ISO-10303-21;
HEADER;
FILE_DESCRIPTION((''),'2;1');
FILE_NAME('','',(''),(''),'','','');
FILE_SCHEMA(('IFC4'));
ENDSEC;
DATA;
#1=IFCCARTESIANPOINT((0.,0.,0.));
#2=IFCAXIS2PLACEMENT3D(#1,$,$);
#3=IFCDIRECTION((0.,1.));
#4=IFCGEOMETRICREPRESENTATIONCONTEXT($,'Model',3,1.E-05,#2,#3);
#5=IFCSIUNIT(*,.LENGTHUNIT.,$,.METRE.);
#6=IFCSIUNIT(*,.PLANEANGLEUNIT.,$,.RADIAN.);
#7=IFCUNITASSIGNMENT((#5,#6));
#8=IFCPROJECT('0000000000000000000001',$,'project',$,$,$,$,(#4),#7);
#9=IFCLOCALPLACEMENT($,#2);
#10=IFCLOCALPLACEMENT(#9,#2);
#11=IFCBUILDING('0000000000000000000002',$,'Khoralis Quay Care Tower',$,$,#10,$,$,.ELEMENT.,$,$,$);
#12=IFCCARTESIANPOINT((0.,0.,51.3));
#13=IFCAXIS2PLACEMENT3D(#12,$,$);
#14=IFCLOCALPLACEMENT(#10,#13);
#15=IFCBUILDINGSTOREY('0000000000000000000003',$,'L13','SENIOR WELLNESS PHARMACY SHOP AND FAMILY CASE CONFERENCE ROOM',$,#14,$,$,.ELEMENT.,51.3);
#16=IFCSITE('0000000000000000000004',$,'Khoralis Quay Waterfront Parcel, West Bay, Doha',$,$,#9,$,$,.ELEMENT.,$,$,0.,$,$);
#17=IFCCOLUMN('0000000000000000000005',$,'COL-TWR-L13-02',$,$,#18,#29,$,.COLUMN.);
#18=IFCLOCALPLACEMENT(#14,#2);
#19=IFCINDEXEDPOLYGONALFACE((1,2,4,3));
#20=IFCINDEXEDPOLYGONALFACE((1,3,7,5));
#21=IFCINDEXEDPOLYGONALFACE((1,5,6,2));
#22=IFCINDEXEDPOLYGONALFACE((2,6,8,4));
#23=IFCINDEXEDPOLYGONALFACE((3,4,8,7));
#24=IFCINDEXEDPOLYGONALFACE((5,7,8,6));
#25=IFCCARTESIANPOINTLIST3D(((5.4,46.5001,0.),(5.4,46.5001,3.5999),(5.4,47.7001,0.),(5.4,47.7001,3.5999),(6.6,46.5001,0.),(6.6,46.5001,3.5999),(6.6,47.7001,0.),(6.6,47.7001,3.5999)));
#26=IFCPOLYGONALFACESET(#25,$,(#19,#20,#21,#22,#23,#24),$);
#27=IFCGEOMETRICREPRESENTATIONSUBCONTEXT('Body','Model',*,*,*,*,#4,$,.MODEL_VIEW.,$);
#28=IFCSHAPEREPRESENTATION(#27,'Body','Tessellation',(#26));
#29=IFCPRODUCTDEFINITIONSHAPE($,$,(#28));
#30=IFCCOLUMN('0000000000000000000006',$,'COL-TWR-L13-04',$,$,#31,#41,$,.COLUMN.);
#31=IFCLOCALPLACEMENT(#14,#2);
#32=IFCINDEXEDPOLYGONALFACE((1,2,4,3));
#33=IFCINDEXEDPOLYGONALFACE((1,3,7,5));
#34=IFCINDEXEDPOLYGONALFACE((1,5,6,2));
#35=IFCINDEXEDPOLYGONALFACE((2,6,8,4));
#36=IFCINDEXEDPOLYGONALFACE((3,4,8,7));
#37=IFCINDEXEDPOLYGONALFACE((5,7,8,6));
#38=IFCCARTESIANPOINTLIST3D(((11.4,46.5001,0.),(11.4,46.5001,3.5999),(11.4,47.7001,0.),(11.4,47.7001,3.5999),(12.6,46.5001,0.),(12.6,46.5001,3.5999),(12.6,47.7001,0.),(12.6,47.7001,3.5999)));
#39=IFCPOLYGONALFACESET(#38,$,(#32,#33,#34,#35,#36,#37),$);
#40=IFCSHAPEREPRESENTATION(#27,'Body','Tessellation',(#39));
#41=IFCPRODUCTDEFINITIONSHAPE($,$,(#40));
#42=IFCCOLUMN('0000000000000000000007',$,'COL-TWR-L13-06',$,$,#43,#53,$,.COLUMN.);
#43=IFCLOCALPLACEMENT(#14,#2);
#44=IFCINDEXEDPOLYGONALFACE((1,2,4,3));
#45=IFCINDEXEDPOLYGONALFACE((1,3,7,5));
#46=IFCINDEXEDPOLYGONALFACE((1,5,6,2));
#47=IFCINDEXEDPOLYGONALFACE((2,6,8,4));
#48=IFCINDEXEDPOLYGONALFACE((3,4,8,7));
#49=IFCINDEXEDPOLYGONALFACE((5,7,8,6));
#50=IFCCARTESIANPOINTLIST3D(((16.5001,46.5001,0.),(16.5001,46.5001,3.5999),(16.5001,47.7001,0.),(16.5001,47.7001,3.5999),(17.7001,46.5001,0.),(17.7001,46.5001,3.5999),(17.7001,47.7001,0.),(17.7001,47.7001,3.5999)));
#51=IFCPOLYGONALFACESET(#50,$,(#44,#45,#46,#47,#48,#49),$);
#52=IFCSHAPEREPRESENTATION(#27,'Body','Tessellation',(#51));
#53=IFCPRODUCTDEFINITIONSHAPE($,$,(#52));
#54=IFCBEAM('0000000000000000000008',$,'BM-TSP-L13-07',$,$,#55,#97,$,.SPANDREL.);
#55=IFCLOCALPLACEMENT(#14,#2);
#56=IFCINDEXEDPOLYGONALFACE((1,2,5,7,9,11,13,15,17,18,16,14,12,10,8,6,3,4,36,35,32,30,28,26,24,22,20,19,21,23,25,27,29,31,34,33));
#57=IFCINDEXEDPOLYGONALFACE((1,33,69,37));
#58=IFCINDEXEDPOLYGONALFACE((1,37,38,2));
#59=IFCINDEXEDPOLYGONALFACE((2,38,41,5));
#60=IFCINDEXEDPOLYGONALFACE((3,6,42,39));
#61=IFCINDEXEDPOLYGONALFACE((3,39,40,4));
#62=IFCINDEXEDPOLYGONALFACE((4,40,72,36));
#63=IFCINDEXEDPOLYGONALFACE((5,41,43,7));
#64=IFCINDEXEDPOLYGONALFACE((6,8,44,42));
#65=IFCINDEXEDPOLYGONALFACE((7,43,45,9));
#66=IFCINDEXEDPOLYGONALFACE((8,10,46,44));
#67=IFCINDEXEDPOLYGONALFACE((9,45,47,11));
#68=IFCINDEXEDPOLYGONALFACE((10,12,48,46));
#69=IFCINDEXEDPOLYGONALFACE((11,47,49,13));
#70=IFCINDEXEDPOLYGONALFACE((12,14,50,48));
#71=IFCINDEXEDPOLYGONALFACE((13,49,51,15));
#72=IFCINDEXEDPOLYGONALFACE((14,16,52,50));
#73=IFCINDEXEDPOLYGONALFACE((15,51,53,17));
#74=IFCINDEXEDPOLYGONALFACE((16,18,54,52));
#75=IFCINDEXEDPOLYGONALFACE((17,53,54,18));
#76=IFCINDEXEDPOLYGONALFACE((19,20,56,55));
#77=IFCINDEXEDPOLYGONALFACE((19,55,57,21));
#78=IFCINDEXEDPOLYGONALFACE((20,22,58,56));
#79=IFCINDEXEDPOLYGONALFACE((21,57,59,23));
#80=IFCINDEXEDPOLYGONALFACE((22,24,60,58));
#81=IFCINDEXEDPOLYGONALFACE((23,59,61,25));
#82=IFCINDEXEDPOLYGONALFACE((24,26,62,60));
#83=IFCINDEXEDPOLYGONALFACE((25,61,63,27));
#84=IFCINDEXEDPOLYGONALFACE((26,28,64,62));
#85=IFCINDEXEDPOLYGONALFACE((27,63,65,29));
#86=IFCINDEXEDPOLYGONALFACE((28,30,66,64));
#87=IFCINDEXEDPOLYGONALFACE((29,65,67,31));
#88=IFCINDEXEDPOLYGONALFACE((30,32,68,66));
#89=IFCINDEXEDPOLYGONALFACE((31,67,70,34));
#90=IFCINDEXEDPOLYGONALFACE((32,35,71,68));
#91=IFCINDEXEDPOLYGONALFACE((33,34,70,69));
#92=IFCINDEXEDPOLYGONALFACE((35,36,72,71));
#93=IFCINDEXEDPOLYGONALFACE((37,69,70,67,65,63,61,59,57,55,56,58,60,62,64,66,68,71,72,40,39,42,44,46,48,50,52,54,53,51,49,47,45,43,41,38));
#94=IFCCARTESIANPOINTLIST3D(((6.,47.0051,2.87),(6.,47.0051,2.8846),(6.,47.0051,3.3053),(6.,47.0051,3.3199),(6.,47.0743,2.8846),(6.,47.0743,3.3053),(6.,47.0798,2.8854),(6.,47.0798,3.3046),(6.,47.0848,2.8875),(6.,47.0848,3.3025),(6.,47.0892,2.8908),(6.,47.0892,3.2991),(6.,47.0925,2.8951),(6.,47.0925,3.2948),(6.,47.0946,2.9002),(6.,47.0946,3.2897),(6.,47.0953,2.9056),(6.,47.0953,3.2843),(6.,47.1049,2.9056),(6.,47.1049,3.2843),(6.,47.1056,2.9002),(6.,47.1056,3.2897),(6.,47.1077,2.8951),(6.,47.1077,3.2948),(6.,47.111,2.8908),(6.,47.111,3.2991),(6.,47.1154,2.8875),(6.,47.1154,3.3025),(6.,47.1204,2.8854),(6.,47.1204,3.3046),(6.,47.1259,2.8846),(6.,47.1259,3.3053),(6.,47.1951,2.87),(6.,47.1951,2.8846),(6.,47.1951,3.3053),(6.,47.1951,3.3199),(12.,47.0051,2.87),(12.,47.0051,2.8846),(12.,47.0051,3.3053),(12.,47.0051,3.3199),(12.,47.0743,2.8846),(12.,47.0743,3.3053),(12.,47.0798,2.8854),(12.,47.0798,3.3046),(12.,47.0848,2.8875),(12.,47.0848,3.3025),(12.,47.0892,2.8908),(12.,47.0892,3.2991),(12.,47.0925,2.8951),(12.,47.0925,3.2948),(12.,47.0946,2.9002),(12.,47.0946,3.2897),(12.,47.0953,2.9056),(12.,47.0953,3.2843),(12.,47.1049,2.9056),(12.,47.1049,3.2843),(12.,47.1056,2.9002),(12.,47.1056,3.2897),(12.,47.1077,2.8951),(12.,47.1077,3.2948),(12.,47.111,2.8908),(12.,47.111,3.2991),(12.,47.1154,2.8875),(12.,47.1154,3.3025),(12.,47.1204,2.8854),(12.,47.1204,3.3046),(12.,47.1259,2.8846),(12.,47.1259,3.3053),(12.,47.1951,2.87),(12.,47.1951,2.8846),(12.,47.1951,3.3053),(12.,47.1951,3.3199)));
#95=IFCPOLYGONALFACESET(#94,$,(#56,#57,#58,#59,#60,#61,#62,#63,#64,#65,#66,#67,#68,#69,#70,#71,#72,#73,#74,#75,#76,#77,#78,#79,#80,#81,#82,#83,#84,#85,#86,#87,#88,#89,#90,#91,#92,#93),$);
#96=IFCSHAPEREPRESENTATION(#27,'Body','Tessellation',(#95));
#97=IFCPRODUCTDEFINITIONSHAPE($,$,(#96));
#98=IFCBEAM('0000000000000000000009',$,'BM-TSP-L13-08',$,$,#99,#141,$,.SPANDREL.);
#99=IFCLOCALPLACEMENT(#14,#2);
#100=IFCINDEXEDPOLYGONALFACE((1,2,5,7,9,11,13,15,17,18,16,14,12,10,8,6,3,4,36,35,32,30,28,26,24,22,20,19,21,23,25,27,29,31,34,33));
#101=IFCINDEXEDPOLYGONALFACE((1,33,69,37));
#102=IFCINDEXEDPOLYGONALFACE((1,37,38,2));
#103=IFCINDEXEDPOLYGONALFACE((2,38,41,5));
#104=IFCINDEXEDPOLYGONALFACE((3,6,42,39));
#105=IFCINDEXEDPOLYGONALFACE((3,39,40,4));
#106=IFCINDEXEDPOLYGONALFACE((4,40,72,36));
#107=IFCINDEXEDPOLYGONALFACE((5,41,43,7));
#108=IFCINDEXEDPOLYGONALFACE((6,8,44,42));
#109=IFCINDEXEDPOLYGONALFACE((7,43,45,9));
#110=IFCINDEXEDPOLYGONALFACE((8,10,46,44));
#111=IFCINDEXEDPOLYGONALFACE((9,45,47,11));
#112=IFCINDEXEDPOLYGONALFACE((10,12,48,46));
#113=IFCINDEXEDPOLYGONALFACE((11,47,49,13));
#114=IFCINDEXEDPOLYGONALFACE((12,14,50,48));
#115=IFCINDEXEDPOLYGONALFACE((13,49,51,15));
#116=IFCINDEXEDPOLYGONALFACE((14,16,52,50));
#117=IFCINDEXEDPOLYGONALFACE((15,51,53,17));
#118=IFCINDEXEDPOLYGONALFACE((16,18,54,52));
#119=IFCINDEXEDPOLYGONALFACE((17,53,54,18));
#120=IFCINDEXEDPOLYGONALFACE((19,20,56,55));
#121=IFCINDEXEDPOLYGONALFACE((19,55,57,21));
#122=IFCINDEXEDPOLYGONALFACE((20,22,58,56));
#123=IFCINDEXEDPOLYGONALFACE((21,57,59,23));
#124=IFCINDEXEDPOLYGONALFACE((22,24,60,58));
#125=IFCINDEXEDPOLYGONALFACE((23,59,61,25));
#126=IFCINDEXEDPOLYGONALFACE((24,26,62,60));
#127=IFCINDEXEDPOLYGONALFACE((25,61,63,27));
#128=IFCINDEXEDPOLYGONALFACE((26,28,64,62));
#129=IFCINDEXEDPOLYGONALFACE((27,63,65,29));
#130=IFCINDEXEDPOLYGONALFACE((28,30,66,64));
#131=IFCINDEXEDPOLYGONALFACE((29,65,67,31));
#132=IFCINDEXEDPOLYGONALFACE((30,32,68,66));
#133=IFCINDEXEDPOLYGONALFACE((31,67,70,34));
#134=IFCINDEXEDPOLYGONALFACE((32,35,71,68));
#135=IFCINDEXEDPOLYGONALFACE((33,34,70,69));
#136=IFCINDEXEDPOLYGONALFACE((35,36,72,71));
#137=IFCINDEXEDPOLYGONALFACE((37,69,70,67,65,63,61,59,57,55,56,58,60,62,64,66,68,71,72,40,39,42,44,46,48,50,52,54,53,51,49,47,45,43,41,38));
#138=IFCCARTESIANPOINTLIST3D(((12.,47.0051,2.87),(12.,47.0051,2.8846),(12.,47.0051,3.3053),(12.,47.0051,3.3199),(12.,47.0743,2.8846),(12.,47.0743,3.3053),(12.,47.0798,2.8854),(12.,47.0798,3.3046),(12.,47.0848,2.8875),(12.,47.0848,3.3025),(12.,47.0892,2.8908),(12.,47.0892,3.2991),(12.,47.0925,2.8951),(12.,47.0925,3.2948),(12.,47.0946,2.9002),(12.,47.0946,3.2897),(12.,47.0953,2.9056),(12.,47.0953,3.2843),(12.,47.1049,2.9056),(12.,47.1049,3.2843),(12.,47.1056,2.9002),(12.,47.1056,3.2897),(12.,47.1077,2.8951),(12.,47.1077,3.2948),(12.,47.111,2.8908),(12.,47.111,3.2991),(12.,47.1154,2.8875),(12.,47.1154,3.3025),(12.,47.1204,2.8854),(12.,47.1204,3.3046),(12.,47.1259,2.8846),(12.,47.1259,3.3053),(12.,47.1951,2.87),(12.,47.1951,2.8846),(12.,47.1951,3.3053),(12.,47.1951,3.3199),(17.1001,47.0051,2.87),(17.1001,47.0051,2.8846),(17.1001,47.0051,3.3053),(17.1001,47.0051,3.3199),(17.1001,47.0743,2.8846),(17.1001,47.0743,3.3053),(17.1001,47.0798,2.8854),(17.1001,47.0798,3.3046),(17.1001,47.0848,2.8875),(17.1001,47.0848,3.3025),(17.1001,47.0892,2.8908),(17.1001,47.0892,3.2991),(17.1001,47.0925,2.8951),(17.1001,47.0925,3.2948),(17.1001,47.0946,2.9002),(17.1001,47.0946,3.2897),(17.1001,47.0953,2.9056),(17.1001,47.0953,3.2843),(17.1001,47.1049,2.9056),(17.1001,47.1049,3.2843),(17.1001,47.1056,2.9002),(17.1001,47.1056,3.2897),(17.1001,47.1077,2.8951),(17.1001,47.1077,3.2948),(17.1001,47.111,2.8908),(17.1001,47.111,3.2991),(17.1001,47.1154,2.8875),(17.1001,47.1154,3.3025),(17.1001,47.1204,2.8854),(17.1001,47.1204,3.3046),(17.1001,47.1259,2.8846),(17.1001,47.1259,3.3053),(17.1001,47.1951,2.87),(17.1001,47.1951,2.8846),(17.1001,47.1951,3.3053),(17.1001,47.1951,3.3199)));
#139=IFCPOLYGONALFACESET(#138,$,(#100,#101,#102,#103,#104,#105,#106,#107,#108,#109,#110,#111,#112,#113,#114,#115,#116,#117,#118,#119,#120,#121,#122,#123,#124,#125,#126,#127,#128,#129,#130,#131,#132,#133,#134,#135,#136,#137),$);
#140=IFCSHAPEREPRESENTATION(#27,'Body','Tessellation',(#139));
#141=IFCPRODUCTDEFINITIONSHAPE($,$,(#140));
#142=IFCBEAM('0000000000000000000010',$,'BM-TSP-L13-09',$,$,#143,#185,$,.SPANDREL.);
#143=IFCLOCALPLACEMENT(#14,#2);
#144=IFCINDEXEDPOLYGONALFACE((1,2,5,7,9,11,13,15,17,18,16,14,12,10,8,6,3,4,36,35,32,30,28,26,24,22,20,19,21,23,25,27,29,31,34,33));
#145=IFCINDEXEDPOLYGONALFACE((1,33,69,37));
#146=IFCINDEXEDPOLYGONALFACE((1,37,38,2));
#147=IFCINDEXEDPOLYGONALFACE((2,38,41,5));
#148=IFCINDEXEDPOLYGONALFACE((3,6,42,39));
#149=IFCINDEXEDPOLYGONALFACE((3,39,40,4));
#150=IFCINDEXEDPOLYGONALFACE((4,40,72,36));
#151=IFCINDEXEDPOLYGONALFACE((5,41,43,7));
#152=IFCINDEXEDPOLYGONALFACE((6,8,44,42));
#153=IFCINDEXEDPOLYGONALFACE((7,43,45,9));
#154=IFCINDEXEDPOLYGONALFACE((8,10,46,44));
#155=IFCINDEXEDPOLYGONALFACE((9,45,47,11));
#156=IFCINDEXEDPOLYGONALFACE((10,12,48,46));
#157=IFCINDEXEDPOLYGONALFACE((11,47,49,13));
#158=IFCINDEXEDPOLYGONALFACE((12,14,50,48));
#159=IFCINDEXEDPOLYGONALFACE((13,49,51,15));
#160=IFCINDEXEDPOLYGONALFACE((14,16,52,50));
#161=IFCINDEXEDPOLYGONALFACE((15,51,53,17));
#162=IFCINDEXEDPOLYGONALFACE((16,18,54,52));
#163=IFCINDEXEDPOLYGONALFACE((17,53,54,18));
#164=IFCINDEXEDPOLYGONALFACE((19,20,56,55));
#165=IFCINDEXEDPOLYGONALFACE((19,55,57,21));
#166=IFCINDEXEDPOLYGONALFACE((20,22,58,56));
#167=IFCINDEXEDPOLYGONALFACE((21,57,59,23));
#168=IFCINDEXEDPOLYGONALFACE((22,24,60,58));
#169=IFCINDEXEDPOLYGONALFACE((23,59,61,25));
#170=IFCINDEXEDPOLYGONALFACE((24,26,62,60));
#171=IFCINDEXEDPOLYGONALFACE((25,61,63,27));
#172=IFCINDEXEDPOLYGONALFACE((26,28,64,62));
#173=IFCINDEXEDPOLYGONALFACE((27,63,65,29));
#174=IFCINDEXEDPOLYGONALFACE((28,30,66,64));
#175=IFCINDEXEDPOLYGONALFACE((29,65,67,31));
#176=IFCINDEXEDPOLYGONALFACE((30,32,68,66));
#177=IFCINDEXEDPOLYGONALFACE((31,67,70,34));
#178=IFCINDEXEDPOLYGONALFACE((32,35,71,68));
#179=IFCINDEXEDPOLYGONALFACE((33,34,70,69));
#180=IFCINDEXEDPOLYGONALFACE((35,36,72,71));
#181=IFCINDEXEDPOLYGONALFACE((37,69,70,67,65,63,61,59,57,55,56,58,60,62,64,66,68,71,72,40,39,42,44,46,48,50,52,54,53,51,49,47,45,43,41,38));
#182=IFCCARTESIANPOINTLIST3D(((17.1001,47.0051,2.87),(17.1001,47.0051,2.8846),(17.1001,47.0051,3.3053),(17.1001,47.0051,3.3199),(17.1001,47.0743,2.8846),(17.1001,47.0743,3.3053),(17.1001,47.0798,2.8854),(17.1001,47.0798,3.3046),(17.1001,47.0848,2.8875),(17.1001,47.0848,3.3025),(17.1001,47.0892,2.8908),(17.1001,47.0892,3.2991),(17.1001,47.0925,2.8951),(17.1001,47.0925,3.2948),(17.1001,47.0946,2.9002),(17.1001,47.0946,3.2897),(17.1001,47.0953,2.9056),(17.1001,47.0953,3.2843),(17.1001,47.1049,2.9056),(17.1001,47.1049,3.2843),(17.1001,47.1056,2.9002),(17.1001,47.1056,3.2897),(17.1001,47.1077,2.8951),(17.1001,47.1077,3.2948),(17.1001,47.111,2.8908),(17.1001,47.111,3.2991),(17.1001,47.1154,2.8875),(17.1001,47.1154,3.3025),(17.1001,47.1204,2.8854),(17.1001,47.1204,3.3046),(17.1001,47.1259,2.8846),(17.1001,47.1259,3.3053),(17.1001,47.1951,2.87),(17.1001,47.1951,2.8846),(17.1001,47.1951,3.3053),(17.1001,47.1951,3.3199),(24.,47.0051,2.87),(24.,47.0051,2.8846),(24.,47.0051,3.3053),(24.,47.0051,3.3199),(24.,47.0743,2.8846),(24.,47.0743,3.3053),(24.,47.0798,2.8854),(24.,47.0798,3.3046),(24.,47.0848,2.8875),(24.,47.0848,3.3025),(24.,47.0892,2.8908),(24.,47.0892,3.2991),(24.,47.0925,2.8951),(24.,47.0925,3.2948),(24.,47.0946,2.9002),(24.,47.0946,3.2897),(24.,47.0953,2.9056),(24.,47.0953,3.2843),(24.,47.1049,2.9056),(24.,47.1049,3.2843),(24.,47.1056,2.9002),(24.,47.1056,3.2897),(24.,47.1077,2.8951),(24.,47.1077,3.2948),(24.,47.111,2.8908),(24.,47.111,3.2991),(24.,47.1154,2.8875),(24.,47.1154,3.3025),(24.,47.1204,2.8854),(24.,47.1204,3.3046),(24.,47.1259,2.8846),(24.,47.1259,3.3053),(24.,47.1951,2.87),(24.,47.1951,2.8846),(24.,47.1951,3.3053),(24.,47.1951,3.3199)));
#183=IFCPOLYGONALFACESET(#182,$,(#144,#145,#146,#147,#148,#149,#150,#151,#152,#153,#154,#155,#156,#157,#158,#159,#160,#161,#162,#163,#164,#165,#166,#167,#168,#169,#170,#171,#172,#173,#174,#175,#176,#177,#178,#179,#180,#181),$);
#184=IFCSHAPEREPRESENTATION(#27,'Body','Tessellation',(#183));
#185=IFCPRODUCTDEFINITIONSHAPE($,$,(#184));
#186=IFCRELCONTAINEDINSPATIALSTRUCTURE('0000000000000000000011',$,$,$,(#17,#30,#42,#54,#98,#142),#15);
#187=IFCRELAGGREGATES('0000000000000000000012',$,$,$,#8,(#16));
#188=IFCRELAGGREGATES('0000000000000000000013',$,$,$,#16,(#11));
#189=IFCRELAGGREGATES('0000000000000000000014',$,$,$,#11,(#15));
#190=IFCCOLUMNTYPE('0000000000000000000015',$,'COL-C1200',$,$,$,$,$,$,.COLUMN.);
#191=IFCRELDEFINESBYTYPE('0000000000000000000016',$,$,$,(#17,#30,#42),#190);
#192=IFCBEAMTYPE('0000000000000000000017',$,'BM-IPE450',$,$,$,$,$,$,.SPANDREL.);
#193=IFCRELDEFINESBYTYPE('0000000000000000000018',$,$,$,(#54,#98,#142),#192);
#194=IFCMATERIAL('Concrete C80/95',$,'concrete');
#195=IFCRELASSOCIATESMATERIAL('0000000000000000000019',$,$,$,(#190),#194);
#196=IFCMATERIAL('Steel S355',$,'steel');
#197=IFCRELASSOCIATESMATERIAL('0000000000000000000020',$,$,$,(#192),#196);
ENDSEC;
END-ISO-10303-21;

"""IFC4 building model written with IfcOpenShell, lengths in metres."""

from ifc_helpers import new_model, si_unit, direction, frame, origin, origin_2d, place, context, subcontext, project, spatial, rectangle, i_section, extrude, source, transform, mapped, material, material_profile, profile_set, type_object, element, save


model = new_model("IFC4")

# Units and contexts
model_context = context("Model", 3, precision=1e-05, world=origin(), true_north=direction((0.0, 1.0)))
body_context = subcontext(model_context, "Body", "Model", "MODEL_VIEW")
ifc_project = project(units=[si_unit("LENGTHUNIT", "METRE"), si_unit("PLANEANGLEUNIT", "RADIAN")], contexts=[model_context])

# Site, building, storey
site_placement = place(None, origin())
site = spatial("IfcSite", under=ifc_project, at=site_placement, Name="Khoralis Quay Waterfront Parcel, West Bay, Doha", CompositionType="ELEMENT", RefElevation=0.0)
building_placement = place(site_placement, origin())
building = spatial("IfcBuilding", under=site, at=building_placement, Name="Khoralis Quay Care Tower", CompositionType="ELEMENT")
storey_placement = place(building_placement, frame((0.0, 0.0, 51.3)))
storey = spatial("IfcBuildingStorey", under=building, at=storey_placement, Name="L13", Description="SENIOR WELLNESS PHARMACY SHOP AND FAMILY CASE CONFERENCE ROOM", CompositionType="ELEMENT", Elevation=51.3)

# Columns
ifc_material_1 = material(Name="Concrete C80/95", Category="concrete")
ifc_material_profile_1 = material_profile(ifc_material_1, rectangle(XDim=1.2, YDim=1.2, at=origin_2d()), Name="Concrete C80/95")
ifc_profile_set_1 = profile_set([ifc_material_profile_1], Name="Concrete C80/95")
column_type = type_object("IfcColumnType", Name="COL-C1200", PredefinedType="COLUMN", material=ifc_profile_set_1)
shared_shape_1 = source(origin(), body_context, "Body", "SweptSolid", [
    extrude(rectangle(XDim=1.2, YDim=1.2, at=origin_2d()), origin(), (0.0, 0.0, 1.0), 3.5999),
])
for number, where, z_axis, x_axis, name in (
    (1, (6.0, 47.1001, 0.0), (0.0, 0.0, 1.0), (1.0, 0.0, 0.0), "COL-TWR-L13-02"),
    (2, (12.0, 47.1001, 0.0), (0.0, 0.0, 1.0), (1.0, 0.0, 0.0), "COL-TWR-L13-04"),
    (3, (17.1001, 47.1001, 0.0), (0.0, 0.0, 1.0), (1.0, 0.0, 0.0), "COL-TWR-L13-06"),
):
    element("IfcColumn", number, at=place(storey_placement, frame(where, z_axis=z_axis, x_axis=x_axis)), inside=storey, type_object=column_type, Name=name, PredefinedType="COLUMN", context=body_context, shape_type="MappedRepresentation", body=[
        mapped(shared_shape_1, transform((0.0, 0.0, 0.0), scale=1.0)),
    ])

# Beams
ifc_material_2 = material(Name="Steel S355", Category="steel")
ifc_material_profile_2 = material_profile(ifc_material_2, i_section(OverallWidth=0.1899, OverallDepth=0.45, WebThickness=0.0095, FlangeThickness=0.0146, FilletRadius=0.021, at=origin_2d()), Name="Steel S355")
ifc_profile_set_2 = profile_set([ifc_material_profile_2], Name="Steel S355")
beam_type_1 = type_object("IfcBeamType", Name="BM-IPE450", PredefinedType="SPANDREL", material=ifc_profile_set_2)
shared_shape_2 = source(origin(), body_context, "Body", "SweptSolid", [
    extrude(i_section(OverallWidth=0.1899, OverallDepth=0.45, WebThickness=0.0095, FlangeThickness=0.0146, FilletRadius=0.021, at=origin_2d()), origin(), (0.0, 0.0, 1.0), 6.0),
])
beam_1_placement = place(storey_placement, frame((6.0, 47.1001, 3.095), z_axis=(1.0, 0.0, 0.0), x_axis=(0.0, 1.0, 0.0)))
element("IfcBeam", 4, at=beam_1_placement, inside=storey, type_object=beam_type_1, Name="BM-TSP-L13-07", PredefinedType="SPANDREL", context=body_context, shape_type="MappedRepresentation", body=[
    mapped(shared_shape_2, transform((0.0, 0.0, 0.0), scale=1.0)),
])
shared_shape_3 = source(origin(), body_context, "Body", "SweptSolid", [
    extrude(i_section(OverallWidth=0.1899, OverallDepth=0.45, WebThickness=0.0095, FlangeThickness=0.0146, FilletRadius=0.021, at=origin_2d()), origin(), (0.0, 0.0, 1.0), 5.1001),
])
beam_2_placement = place(storey_placement, frame((12.0, 47.1001, 3.095), z_axis=(1.0, 0.0, 0.0), x_axis=(0.0, 1.0, 0.0)))
element("IfcBeam", 5, at=beam_2_placement, inside=storey, type_object=beam_type_1, Name="BM-TSP-L13-08", PredefinedType="SPANDREL", context=body_context, shape_type="MappedRepresentation", body=[
    mapped(shared_shape_3, transform((0.0, 0.0, 0.0), scale=1.0)),
])
shared_shape_4 = source(origin(), body_context, "Body", "SweptSolid", [
    extrude(i_section(OverallWidth=0.1899, OverallDepth=0.45, WebThickness=0.0095, FlangeThickness=0.0146, FilletRadius=0.021, at=origin_2d()), origin(), (0.0, 0.0, 1.0), 6.8999),
])
beam_3_placement = place(storey_placement, frame((17.1001, 47.1001, 3.095), z_axis=(1.0, 0.0, 0.0), x_axis=(0.0, 1.0, 0.0)))
element("IfcBeam", 6, at=beam_3_placement, inside=storey, type_object=beam_type_1, Name="BM-TSP-L13-09", PredefinedType="SPANDREL", context=body_context, shape_type="MappedRepresentation", body=[
    mapped(shared_shape_4, transform((0.0, 0.0, 0.0), scale=1.0)),
])

save(model, "model.ifc")
